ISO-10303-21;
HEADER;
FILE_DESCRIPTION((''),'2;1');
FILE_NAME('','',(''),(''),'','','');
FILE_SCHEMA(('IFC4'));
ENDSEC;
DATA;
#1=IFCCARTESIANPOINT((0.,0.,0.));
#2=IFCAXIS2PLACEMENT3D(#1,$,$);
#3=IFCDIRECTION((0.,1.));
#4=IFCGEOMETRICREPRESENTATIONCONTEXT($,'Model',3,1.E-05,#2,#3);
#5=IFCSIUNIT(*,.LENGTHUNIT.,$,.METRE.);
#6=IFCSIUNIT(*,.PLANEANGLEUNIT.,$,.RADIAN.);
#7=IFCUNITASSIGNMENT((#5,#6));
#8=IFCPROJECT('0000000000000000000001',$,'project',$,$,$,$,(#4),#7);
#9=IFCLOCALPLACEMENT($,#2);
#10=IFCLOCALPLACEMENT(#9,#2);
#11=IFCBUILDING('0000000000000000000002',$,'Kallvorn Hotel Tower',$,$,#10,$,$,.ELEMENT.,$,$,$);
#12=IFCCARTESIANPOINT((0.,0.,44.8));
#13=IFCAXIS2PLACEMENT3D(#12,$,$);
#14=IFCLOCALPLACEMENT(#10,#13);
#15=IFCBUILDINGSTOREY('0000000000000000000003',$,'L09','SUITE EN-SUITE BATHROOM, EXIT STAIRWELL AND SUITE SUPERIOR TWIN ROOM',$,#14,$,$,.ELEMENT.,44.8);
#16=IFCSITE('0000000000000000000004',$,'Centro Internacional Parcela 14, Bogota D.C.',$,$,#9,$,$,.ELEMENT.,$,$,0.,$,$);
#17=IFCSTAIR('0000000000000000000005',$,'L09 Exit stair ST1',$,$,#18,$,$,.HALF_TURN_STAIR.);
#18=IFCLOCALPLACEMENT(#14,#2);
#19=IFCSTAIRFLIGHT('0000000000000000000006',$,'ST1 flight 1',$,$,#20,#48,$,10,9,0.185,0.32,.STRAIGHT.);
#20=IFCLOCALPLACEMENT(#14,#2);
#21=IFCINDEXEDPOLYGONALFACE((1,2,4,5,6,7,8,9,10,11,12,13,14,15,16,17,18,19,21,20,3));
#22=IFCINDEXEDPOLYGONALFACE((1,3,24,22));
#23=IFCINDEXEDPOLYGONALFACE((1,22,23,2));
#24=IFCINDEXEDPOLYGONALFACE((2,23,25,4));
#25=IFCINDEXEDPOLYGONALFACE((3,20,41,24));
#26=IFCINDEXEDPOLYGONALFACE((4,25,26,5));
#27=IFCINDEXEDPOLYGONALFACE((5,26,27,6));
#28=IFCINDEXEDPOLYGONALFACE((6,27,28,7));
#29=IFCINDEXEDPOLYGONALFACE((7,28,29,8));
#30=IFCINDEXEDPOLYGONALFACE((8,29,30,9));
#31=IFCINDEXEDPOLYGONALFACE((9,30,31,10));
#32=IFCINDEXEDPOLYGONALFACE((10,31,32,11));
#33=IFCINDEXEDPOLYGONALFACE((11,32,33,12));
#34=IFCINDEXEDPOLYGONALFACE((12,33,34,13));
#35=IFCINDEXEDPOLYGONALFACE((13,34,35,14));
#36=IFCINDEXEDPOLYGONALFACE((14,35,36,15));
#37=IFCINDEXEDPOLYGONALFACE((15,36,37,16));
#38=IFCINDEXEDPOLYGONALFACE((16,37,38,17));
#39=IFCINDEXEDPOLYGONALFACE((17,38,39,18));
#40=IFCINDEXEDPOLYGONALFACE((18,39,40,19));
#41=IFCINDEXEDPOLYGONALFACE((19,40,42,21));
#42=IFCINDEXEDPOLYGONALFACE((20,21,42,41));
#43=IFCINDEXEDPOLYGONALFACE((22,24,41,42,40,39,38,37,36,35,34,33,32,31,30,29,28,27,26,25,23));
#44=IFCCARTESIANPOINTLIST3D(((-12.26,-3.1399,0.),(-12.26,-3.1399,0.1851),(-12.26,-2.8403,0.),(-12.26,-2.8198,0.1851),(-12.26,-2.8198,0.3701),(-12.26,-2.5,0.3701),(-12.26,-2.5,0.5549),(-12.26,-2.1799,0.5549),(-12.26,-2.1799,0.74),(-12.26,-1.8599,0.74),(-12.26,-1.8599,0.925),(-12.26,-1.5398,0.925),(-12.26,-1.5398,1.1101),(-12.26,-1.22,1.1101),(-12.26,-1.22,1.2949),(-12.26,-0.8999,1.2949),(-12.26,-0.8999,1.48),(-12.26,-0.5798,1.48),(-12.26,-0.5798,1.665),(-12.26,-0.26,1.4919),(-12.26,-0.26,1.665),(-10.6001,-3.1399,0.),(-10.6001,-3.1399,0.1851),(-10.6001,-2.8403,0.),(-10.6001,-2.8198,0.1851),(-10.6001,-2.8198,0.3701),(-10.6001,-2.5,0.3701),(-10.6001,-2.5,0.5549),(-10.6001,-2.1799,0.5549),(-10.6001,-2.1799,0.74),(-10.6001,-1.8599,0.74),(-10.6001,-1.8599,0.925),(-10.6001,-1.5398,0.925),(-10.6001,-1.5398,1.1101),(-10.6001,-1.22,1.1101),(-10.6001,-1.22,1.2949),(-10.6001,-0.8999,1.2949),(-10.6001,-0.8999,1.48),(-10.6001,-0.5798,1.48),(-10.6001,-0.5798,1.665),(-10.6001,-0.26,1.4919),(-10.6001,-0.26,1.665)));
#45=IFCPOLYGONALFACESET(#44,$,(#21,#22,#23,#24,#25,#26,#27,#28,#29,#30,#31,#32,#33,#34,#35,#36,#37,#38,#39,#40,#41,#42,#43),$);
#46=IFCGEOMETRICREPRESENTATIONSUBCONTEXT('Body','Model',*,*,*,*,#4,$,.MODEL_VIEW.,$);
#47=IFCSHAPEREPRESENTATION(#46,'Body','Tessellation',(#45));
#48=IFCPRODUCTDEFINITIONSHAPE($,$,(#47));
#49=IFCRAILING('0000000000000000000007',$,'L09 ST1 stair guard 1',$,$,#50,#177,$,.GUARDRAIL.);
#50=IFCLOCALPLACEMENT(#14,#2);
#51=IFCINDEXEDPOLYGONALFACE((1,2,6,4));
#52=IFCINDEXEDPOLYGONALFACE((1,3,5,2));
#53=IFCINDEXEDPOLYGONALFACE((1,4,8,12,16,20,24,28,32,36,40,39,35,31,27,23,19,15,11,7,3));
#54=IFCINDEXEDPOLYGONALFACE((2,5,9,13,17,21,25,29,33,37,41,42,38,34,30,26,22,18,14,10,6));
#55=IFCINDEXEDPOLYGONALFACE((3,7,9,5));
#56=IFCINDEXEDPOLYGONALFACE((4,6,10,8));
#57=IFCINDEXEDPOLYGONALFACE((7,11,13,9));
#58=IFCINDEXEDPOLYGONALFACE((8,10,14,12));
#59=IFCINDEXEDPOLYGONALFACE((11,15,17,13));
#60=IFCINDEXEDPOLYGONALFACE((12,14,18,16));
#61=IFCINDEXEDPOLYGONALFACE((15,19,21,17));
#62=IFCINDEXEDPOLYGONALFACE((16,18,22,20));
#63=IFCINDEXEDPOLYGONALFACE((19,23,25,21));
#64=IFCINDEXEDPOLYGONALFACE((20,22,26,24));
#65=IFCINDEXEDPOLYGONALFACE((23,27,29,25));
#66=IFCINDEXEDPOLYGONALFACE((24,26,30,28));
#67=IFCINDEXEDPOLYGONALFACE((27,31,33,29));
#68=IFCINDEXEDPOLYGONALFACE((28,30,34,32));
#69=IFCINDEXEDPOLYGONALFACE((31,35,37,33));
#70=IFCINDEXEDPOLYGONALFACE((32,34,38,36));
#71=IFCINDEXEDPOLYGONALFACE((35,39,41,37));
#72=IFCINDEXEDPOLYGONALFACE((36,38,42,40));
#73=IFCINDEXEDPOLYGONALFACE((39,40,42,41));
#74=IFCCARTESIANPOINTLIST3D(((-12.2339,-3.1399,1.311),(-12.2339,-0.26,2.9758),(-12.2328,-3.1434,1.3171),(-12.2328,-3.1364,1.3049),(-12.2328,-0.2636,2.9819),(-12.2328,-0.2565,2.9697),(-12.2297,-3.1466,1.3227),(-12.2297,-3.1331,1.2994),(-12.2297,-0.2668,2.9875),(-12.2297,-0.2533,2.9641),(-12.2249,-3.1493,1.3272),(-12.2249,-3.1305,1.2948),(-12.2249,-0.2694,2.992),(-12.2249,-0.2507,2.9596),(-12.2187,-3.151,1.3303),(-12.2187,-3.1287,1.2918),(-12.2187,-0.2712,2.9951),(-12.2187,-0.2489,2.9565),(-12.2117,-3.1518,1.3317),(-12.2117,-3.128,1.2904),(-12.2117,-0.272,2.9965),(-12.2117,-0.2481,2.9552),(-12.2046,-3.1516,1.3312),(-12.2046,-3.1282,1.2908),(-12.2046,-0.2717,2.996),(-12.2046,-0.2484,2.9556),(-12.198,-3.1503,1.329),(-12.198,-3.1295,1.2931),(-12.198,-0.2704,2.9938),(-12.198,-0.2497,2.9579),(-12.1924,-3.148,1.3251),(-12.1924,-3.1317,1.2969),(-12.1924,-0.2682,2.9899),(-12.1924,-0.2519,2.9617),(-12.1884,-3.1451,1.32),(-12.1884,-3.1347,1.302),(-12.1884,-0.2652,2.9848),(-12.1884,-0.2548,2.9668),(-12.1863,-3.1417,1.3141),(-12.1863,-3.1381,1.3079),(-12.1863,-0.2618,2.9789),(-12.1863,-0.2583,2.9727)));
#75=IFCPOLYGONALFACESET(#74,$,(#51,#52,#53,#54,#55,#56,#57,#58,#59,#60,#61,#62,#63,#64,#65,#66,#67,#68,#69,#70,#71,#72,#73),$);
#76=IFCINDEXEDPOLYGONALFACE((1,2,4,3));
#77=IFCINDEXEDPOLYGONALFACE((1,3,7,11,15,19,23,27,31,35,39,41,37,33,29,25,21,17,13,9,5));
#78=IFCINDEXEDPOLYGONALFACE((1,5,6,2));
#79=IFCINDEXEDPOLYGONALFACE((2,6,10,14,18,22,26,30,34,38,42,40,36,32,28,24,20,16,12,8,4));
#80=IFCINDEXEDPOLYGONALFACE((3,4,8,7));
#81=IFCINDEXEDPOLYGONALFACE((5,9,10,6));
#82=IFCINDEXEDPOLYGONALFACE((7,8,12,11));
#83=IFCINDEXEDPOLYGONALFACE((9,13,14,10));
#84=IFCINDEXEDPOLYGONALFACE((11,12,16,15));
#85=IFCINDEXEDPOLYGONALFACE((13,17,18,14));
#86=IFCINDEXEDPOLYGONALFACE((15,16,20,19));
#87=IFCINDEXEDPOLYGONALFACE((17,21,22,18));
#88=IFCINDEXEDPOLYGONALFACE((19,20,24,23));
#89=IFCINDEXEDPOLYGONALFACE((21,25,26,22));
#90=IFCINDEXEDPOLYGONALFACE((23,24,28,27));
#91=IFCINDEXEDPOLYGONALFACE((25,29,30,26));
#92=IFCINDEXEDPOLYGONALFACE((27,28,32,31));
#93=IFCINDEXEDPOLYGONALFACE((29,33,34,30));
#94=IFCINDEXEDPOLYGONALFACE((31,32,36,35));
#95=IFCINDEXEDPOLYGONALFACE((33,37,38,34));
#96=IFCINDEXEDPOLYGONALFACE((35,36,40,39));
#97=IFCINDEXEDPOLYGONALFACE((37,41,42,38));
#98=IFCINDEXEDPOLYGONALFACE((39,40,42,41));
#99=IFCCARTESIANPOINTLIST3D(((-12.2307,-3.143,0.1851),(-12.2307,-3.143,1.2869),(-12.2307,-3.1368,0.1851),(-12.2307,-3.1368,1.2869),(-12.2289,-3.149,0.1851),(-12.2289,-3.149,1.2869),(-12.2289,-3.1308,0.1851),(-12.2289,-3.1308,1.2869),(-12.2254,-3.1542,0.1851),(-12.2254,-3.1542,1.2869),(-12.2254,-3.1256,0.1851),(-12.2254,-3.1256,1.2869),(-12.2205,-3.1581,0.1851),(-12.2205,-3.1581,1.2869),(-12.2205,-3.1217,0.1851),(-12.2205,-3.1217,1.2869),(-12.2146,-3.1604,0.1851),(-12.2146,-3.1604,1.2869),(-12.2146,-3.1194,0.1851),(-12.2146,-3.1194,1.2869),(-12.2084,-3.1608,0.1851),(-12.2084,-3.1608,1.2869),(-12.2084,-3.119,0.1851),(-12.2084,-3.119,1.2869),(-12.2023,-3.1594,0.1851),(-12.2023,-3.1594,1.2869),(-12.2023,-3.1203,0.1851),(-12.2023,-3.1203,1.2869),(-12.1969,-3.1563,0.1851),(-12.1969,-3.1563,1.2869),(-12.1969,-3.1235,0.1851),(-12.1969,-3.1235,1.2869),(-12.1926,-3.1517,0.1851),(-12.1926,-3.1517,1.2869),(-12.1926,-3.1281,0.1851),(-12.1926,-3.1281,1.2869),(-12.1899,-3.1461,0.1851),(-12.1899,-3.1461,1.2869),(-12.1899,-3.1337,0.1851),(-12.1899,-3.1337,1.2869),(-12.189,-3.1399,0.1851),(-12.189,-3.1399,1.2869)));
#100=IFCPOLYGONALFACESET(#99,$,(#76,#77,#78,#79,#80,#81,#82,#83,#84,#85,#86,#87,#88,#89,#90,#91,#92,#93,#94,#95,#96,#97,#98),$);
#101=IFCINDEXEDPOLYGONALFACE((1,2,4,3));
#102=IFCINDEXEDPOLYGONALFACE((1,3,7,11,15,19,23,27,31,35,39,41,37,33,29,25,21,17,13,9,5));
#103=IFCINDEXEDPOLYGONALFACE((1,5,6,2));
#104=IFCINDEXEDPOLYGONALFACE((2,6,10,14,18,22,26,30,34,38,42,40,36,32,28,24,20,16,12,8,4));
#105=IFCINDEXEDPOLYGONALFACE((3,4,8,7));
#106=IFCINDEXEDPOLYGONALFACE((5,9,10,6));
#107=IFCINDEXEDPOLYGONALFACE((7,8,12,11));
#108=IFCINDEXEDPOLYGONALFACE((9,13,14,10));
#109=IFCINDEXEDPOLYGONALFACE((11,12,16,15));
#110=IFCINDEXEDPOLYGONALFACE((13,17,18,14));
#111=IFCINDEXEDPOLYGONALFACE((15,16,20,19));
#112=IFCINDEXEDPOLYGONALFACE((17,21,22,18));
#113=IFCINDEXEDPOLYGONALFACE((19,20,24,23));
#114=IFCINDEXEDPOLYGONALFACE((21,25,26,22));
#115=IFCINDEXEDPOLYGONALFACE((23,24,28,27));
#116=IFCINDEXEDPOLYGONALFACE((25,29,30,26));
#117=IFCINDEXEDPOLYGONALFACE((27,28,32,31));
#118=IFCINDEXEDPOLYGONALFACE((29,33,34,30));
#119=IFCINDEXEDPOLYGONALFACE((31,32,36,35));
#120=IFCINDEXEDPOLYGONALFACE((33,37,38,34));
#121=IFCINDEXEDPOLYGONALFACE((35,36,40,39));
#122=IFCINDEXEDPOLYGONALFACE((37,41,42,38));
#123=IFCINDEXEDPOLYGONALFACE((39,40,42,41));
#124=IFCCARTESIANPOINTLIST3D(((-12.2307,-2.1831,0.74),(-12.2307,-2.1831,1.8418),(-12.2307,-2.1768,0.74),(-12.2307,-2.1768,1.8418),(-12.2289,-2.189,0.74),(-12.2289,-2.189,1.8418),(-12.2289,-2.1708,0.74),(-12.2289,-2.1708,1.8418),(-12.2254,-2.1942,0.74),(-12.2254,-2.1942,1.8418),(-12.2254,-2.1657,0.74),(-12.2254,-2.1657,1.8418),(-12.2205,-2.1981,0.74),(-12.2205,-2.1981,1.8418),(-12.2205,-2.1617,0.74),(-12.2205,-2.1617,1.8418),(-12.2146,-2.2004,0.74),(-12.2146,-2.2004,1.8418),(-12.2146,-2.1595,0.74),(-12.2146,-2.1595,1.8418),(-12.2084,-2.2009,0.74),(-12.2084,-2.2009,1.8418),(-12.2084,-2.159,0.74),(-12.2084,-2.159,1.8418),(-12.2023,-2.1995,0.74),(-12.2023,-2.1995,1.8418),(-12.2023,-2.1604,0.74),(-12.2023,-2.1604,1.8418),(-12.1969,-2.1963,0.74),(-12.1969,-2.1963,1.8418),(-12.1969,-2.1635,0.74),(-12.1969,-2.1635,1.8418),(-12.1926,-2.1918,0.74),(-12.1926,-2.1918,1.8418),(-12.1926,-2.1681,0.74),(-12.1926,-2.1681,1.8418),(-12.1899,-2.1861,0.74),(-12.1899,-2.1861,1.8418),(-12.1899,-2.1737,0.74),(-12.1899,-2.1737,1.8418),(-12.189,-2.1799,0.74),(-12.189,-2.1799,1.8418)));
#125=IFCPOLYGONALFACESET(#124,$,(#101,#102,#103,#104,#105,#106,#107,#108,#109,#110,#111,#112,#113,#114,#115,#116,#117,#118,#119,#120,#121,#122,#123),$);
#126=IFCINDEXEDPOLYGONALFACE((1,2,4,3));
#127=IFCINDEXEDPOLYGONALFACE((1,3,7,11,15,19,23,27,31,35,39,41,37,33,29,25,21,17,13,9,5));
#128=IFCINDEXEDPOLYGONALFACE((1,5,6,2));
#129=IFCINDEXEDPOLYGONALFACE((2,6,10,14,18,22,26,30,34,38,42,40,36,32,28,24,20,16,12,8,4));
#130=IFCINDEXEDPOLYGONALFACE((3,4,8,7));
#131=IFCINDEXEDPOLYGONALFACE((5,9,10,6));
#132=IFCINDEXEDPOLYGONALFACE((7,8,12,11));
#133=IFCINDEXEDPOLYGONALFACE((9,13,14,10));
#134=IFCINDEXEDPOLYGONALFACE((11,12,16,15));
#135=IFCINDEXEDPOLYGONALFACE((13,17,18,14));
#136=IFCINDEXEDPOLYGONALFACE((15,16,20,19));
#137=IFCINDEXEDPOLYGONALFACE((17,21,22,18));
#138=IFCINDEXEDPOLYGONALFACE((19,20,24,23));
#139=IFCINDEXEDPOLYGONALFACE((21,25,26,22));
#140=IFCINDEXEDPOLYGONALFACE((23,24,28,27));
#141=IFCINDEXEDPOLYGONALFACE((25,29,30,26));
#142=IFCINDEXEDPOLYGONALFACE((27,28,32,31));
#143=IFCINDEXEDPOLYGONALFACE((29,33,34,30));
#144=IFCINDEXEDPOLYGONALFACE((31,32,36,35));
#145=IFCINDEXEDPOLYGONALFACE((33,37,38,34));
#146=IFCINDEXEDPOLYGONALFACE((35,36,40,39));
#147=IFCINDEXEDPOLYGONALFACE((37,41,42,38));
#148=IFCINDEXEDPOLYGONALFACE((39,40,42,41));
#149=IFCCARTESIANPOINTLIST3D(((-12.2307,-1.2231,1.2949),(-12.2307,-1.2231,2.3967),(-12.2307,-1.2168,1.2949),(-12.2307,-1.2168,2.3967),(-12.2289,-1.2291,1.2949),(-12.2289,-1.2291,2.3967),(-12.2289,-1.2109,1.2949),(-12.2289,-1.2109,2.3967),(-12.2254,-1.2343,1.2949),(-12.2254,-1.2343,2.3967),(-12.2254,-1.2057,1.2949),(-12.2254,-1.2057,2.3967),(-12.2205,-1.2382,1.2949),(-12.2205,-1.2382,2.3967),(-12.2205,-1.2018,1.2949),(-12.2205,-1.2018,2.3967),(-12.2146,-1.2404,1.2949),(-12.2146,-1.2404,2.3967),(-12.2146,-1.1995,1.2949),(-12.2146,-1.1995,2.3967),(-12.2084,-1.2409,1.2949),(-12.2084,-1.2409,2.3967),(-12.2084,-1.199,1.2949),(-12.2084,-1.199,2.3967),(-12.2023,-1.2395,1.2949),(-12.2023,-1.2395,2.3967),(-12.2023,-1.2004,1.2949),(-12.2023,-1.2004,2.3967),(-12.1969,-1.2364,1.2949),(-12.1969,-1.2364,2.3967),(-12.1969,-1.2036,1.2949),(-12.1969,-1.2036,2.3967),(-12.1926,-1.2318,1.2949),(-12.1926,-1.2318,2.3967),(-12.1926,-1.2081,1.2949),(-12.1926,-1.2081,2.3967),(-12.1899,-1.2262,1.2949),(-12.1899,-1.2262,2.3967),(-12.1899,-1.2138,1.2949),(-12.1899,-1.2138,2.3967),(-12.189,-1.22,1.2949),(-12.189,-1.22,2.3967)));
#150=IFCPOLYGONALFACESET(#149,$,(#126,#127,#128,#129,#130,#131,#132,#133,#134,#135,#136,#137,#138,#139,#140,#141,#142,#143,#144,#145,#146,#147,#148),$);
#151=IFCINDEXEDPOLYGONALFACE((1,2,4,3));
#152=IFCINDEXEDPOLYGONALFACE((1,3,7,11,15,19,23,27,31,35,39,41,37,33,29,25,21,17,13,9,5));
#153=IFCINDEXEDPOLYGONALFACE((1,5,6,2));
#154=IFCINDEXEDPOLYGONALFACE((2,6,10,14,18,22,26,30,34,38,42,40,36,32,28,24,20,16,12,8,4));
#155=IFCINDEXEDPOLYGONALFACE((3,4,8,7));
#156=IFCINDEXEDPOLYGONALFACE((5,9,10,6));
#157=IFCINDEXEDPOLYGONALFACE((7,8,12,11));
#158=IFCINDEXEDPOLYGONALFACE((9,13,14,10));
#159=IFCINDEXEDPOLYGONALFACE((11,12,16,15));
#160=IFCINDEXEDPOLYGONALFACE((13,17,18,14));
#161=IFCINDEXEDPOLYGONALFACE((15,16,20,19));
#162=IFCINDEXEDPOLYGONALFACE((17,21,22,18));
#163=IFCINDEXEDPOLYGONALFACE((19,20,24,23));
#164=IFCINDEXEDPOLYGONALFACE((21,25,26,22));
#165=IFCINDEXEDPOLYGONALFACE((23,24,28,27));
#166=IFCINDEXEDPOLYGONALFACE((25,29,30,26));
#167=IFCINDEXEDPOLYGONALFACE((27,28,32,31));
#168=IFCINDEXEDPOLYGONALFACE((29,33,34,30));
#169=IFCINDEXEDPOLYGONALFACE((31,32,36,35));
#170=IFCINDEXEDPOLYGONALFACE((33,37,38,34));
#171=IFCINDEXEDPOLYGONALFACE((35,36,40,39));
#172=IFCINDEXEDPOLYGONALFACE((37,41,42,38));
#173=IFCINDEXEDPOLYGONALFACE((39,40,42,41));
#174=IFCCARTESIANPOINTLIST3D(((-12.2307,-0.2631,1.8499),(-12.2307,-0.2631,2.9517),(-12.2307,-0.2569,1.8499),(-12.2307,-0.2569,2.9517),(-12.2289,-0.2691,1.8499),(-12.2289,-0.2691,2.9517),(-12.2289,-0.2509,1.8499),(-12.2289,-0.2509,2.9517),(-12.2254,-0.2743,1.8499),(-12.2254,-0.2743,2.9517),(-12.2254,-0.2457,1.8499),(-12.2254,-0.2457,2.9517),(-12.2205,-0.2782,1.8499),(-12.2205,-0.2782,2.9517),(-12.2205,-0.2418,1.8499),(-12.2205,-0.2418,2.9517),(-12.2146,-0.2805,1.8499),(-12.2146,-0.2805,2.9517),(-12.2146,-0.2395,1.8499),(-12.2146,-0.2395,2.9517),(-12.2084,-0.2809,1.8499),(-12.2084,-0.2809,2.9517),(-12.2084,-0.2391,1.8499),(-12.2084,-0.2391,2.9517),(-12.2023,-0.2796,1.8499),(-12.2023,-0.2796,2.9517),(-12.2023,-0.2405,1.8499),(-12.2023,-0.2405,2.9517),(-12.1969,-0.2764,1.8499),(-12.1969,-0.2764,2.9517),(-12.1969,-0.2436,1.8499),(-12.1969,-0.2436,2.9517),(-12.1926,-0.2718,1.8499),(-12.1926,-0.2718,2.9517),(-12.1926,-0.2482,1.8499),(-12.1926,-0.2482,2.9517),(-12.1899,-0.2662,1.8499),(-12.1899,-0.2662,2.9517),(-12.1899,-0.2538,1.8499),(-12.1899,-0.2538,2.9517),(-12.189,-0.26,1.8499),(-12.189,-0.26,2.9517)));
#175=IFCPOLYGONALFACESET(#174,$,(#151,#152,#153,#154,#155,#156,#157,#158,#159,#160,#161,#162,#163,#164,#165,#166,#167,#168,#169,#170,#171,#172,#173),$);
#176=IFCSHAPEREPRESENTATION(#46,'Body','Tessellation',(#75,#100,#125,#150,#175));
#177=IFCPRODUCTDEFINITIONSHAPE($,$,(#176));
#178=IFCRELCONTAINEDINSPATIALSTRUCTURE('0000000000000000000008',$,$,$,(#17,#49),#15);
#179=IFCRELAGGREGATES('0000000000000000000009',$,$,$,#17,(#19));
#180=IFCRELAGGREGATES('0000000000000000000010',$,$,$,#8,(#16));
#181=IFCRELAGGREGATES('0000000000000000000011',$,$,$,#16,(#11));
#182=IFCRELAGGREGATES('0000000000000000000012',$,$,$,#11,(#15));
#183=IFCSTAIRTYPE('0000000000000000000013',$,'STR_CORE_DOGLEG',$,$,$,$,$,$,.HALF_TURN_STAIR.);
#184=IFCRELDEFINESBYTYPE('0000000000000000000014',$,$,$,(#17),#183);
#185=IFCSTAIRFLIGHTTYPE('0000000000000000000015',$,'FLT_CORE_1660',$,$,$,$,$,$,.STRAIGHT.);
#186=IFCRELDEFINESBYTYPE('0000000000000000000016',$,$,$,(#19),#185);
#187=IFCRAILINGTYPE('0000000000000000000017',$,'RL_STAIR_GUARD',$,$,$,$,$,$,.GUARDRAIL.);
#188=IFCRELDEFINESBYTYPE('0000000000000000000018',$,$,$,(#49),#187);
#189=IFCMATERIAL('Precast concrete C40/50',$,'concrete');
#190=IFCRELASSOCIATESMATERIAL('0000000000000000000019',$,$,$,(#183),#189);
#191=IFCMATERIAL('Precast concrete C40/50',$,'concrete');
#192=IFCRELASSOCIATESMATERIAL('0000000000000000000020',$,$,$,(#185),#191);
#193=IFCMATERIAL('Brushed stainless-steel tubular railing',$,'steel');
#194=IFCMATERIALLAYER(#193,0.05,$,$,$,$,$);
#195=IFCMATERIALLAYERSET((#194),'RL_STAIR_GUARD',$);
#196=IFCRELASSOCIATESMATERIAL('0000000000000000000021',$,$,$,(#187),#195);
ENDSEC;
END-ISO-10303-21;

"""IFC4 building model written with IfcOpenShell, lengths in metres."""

from ifc_helpers import new_model, si_unit, direction, frame, origin, origin_2d, place, context, subcontext, project, spatial, polyline, circle, outline, extrude, material, layer, layer_set, type_object, element, aggregate, save


model = new_model("IFC4")

# Units and contexts
model_context = context("Model", 3, precision=1e-05, world=origin(), true_north=direction((0.0, 1.0)))
body_context = subcontext(model_context, "Body", "Model", "MODEL_VIEW")
ifc_project = project(units=[si_unit("LENGTHUNIT", "METRE"), si_unit("PLANEANGLEUNIT", "RADIAN")], contexts=[model_context])

# Site, building, storey
site_placement = place(None, origin())
site = spatial("IfcSite", under=ifc_project, at=site_placement, Name="Centro Internacional Parcela 14, Bogota D.C.", CompositionType="ELEMENT", RefElevation=0.0)
building_placement = place(site_placement, origin())
building = spatial("IfcBuilding", under=site, at=building_placement, Name="Kallvorn Hotel Tower", CompositionType="ELEMENT")
storey_placement = place(building_placement, frame((0.0, 0.0, 44.8)))
storey = spatial("IfcBuildingStorey", under=building, at=storey_placement, Name="L09", Description="SUITE EN-SUITE BATHROOM, EXIT STAIRWELL AND SUITE SUPERIOR TWIN ROOM", CompositionType="ELEMENT", Elevation=44.8)

# Stair, stair flight
ifc_material_1 = material(Name="Precast concrete C40/50", Category="concrete")
stair_type = type_object("IfcStairType", Name="STR_CORE_DOGLEG", PredefinedType="HALF_TURN_STAIR", material=ifc_material_1)
stair_placement = place(storey_placement, origin())
stair = element("IfcStair", 1, at=stair_placement, inside=storey, type_object=stair_type, Name="L09 Exit stair ST1", PredefinedType="HALF_TURN_STAIR")
ifc_material_2 = material(Name="Precast concrete C40/50", Category="concrete")
stair_flight_type = type_object("IfcStairFlightType", Name="FLT_CORE_1660", PredefinedType="STRAIGHT", material=ifc_material_2)
stair_flight_placement = place(storey_placement, frame((-11.4299, -3.1399, 0.0), z_axis=(0.0, 0.0, 1.0), x_axis=(0.0, 1.0, 0.0)))
stair_flight = element("IfcStairFlight", 2, at=stair_flight_placement, type_object=stair_flight_type, Name="ST1 flight 1", NumberOfRisers=10, NumberOfTreads=9, PredefinedType="STRAIGHT", RiserHeight=0.185, TreadLength=0.32, context=body_context, shape_type="SweptSolid", body=[
    extrude(outline(polyline([(0.0, 0.0), (0.0, 0.1851), (0.3201, 0.1851), (0.3201, 0.3701), (0.6399, 0.3701), (0.6399, 0.5549), (0.96, 0.5549), (0.96, 0.74), (1.28, 0.74), (1.28, 0.925), (1.6001, 0.925), (1.6001, 1.1101), (1.9199, 1.1101), (1.9199, 1.2949), (2.24, 1.2949), (2.24, 1.48), (2.5601, 1.48), (2.5601, 1.665), (2.8799, 1.665), (2.8799, 1.8501), (2.8799, 1.4919), (0.2996, 0.0), (0.0, 0.0)])), frame((0.0, 0.8301, 0.0), z_axis=(0.0, -1.0, 0.0), x_axis=(1.0, 0.0, 0.0)), (0.0, 0.0, 1.0), 1.6599),
])
aggregate(stair, [stair_flight])

# Railing
ifc_material_3 = material(Name="Brushed stainless-steel tubular railing", Category="steel")
ifc_layer_1 = layer(ifc_material_3, 0.05)
ifc_layer_set_1 = layer_set([ifc_layer_1], Name="RL_STAIR_GUARD")
railing_type_1 = type_object("IfcRailingType", Name="RL_STAIR_GUARD", PredefinedType="GUARDRAIL", material=ifc_layer_set_1)
railing_1_placement = place(storey_placement, frame((-12.21, -3.1399, 0.1851)))
element("IfcRailing", 3, at=railing_1_placement, inside=storey, type_object=railing_type_1, Name="L09 ST1 stair guard 1", PredefinedType="GUARDRAIL", context=body_context, shape_type="SweptSolid", body=[
    extrude(circle(Radius=0.0239, at=origin_2d()), frame((0.0, 0.0, 1.126), z_axis=(0.0, 0.865753, 0.500472), x_axis=(-1.0, 0.0, 0.0)), (0.0, 0.0, 1.0), 3.3264),
    extrude(circle(Radius=0.021, at=origin_2d()), origin(), (0.0, 0.0, 1.0), 1.1018),
    extrude(circle(Radius=0.021, at=origin_2d()), frame((0.0, 0.96, 0.5549)), (0.0, 0.0, 1.0), 1.1018),
    extrude(circle(Radius=0.021, at=origin_2d()), frame((0.0, 1.9199, 1.1099)), (0.0, 0.0, 1.0), 1.1018),
    extrude(circle(Radius=0.021, at=origin_2d()), frame((0.0, 2.8799, 1.6648)), (0.0, 0.0, 1.0), 1.1018),
])

save(model, "model.ifc")
